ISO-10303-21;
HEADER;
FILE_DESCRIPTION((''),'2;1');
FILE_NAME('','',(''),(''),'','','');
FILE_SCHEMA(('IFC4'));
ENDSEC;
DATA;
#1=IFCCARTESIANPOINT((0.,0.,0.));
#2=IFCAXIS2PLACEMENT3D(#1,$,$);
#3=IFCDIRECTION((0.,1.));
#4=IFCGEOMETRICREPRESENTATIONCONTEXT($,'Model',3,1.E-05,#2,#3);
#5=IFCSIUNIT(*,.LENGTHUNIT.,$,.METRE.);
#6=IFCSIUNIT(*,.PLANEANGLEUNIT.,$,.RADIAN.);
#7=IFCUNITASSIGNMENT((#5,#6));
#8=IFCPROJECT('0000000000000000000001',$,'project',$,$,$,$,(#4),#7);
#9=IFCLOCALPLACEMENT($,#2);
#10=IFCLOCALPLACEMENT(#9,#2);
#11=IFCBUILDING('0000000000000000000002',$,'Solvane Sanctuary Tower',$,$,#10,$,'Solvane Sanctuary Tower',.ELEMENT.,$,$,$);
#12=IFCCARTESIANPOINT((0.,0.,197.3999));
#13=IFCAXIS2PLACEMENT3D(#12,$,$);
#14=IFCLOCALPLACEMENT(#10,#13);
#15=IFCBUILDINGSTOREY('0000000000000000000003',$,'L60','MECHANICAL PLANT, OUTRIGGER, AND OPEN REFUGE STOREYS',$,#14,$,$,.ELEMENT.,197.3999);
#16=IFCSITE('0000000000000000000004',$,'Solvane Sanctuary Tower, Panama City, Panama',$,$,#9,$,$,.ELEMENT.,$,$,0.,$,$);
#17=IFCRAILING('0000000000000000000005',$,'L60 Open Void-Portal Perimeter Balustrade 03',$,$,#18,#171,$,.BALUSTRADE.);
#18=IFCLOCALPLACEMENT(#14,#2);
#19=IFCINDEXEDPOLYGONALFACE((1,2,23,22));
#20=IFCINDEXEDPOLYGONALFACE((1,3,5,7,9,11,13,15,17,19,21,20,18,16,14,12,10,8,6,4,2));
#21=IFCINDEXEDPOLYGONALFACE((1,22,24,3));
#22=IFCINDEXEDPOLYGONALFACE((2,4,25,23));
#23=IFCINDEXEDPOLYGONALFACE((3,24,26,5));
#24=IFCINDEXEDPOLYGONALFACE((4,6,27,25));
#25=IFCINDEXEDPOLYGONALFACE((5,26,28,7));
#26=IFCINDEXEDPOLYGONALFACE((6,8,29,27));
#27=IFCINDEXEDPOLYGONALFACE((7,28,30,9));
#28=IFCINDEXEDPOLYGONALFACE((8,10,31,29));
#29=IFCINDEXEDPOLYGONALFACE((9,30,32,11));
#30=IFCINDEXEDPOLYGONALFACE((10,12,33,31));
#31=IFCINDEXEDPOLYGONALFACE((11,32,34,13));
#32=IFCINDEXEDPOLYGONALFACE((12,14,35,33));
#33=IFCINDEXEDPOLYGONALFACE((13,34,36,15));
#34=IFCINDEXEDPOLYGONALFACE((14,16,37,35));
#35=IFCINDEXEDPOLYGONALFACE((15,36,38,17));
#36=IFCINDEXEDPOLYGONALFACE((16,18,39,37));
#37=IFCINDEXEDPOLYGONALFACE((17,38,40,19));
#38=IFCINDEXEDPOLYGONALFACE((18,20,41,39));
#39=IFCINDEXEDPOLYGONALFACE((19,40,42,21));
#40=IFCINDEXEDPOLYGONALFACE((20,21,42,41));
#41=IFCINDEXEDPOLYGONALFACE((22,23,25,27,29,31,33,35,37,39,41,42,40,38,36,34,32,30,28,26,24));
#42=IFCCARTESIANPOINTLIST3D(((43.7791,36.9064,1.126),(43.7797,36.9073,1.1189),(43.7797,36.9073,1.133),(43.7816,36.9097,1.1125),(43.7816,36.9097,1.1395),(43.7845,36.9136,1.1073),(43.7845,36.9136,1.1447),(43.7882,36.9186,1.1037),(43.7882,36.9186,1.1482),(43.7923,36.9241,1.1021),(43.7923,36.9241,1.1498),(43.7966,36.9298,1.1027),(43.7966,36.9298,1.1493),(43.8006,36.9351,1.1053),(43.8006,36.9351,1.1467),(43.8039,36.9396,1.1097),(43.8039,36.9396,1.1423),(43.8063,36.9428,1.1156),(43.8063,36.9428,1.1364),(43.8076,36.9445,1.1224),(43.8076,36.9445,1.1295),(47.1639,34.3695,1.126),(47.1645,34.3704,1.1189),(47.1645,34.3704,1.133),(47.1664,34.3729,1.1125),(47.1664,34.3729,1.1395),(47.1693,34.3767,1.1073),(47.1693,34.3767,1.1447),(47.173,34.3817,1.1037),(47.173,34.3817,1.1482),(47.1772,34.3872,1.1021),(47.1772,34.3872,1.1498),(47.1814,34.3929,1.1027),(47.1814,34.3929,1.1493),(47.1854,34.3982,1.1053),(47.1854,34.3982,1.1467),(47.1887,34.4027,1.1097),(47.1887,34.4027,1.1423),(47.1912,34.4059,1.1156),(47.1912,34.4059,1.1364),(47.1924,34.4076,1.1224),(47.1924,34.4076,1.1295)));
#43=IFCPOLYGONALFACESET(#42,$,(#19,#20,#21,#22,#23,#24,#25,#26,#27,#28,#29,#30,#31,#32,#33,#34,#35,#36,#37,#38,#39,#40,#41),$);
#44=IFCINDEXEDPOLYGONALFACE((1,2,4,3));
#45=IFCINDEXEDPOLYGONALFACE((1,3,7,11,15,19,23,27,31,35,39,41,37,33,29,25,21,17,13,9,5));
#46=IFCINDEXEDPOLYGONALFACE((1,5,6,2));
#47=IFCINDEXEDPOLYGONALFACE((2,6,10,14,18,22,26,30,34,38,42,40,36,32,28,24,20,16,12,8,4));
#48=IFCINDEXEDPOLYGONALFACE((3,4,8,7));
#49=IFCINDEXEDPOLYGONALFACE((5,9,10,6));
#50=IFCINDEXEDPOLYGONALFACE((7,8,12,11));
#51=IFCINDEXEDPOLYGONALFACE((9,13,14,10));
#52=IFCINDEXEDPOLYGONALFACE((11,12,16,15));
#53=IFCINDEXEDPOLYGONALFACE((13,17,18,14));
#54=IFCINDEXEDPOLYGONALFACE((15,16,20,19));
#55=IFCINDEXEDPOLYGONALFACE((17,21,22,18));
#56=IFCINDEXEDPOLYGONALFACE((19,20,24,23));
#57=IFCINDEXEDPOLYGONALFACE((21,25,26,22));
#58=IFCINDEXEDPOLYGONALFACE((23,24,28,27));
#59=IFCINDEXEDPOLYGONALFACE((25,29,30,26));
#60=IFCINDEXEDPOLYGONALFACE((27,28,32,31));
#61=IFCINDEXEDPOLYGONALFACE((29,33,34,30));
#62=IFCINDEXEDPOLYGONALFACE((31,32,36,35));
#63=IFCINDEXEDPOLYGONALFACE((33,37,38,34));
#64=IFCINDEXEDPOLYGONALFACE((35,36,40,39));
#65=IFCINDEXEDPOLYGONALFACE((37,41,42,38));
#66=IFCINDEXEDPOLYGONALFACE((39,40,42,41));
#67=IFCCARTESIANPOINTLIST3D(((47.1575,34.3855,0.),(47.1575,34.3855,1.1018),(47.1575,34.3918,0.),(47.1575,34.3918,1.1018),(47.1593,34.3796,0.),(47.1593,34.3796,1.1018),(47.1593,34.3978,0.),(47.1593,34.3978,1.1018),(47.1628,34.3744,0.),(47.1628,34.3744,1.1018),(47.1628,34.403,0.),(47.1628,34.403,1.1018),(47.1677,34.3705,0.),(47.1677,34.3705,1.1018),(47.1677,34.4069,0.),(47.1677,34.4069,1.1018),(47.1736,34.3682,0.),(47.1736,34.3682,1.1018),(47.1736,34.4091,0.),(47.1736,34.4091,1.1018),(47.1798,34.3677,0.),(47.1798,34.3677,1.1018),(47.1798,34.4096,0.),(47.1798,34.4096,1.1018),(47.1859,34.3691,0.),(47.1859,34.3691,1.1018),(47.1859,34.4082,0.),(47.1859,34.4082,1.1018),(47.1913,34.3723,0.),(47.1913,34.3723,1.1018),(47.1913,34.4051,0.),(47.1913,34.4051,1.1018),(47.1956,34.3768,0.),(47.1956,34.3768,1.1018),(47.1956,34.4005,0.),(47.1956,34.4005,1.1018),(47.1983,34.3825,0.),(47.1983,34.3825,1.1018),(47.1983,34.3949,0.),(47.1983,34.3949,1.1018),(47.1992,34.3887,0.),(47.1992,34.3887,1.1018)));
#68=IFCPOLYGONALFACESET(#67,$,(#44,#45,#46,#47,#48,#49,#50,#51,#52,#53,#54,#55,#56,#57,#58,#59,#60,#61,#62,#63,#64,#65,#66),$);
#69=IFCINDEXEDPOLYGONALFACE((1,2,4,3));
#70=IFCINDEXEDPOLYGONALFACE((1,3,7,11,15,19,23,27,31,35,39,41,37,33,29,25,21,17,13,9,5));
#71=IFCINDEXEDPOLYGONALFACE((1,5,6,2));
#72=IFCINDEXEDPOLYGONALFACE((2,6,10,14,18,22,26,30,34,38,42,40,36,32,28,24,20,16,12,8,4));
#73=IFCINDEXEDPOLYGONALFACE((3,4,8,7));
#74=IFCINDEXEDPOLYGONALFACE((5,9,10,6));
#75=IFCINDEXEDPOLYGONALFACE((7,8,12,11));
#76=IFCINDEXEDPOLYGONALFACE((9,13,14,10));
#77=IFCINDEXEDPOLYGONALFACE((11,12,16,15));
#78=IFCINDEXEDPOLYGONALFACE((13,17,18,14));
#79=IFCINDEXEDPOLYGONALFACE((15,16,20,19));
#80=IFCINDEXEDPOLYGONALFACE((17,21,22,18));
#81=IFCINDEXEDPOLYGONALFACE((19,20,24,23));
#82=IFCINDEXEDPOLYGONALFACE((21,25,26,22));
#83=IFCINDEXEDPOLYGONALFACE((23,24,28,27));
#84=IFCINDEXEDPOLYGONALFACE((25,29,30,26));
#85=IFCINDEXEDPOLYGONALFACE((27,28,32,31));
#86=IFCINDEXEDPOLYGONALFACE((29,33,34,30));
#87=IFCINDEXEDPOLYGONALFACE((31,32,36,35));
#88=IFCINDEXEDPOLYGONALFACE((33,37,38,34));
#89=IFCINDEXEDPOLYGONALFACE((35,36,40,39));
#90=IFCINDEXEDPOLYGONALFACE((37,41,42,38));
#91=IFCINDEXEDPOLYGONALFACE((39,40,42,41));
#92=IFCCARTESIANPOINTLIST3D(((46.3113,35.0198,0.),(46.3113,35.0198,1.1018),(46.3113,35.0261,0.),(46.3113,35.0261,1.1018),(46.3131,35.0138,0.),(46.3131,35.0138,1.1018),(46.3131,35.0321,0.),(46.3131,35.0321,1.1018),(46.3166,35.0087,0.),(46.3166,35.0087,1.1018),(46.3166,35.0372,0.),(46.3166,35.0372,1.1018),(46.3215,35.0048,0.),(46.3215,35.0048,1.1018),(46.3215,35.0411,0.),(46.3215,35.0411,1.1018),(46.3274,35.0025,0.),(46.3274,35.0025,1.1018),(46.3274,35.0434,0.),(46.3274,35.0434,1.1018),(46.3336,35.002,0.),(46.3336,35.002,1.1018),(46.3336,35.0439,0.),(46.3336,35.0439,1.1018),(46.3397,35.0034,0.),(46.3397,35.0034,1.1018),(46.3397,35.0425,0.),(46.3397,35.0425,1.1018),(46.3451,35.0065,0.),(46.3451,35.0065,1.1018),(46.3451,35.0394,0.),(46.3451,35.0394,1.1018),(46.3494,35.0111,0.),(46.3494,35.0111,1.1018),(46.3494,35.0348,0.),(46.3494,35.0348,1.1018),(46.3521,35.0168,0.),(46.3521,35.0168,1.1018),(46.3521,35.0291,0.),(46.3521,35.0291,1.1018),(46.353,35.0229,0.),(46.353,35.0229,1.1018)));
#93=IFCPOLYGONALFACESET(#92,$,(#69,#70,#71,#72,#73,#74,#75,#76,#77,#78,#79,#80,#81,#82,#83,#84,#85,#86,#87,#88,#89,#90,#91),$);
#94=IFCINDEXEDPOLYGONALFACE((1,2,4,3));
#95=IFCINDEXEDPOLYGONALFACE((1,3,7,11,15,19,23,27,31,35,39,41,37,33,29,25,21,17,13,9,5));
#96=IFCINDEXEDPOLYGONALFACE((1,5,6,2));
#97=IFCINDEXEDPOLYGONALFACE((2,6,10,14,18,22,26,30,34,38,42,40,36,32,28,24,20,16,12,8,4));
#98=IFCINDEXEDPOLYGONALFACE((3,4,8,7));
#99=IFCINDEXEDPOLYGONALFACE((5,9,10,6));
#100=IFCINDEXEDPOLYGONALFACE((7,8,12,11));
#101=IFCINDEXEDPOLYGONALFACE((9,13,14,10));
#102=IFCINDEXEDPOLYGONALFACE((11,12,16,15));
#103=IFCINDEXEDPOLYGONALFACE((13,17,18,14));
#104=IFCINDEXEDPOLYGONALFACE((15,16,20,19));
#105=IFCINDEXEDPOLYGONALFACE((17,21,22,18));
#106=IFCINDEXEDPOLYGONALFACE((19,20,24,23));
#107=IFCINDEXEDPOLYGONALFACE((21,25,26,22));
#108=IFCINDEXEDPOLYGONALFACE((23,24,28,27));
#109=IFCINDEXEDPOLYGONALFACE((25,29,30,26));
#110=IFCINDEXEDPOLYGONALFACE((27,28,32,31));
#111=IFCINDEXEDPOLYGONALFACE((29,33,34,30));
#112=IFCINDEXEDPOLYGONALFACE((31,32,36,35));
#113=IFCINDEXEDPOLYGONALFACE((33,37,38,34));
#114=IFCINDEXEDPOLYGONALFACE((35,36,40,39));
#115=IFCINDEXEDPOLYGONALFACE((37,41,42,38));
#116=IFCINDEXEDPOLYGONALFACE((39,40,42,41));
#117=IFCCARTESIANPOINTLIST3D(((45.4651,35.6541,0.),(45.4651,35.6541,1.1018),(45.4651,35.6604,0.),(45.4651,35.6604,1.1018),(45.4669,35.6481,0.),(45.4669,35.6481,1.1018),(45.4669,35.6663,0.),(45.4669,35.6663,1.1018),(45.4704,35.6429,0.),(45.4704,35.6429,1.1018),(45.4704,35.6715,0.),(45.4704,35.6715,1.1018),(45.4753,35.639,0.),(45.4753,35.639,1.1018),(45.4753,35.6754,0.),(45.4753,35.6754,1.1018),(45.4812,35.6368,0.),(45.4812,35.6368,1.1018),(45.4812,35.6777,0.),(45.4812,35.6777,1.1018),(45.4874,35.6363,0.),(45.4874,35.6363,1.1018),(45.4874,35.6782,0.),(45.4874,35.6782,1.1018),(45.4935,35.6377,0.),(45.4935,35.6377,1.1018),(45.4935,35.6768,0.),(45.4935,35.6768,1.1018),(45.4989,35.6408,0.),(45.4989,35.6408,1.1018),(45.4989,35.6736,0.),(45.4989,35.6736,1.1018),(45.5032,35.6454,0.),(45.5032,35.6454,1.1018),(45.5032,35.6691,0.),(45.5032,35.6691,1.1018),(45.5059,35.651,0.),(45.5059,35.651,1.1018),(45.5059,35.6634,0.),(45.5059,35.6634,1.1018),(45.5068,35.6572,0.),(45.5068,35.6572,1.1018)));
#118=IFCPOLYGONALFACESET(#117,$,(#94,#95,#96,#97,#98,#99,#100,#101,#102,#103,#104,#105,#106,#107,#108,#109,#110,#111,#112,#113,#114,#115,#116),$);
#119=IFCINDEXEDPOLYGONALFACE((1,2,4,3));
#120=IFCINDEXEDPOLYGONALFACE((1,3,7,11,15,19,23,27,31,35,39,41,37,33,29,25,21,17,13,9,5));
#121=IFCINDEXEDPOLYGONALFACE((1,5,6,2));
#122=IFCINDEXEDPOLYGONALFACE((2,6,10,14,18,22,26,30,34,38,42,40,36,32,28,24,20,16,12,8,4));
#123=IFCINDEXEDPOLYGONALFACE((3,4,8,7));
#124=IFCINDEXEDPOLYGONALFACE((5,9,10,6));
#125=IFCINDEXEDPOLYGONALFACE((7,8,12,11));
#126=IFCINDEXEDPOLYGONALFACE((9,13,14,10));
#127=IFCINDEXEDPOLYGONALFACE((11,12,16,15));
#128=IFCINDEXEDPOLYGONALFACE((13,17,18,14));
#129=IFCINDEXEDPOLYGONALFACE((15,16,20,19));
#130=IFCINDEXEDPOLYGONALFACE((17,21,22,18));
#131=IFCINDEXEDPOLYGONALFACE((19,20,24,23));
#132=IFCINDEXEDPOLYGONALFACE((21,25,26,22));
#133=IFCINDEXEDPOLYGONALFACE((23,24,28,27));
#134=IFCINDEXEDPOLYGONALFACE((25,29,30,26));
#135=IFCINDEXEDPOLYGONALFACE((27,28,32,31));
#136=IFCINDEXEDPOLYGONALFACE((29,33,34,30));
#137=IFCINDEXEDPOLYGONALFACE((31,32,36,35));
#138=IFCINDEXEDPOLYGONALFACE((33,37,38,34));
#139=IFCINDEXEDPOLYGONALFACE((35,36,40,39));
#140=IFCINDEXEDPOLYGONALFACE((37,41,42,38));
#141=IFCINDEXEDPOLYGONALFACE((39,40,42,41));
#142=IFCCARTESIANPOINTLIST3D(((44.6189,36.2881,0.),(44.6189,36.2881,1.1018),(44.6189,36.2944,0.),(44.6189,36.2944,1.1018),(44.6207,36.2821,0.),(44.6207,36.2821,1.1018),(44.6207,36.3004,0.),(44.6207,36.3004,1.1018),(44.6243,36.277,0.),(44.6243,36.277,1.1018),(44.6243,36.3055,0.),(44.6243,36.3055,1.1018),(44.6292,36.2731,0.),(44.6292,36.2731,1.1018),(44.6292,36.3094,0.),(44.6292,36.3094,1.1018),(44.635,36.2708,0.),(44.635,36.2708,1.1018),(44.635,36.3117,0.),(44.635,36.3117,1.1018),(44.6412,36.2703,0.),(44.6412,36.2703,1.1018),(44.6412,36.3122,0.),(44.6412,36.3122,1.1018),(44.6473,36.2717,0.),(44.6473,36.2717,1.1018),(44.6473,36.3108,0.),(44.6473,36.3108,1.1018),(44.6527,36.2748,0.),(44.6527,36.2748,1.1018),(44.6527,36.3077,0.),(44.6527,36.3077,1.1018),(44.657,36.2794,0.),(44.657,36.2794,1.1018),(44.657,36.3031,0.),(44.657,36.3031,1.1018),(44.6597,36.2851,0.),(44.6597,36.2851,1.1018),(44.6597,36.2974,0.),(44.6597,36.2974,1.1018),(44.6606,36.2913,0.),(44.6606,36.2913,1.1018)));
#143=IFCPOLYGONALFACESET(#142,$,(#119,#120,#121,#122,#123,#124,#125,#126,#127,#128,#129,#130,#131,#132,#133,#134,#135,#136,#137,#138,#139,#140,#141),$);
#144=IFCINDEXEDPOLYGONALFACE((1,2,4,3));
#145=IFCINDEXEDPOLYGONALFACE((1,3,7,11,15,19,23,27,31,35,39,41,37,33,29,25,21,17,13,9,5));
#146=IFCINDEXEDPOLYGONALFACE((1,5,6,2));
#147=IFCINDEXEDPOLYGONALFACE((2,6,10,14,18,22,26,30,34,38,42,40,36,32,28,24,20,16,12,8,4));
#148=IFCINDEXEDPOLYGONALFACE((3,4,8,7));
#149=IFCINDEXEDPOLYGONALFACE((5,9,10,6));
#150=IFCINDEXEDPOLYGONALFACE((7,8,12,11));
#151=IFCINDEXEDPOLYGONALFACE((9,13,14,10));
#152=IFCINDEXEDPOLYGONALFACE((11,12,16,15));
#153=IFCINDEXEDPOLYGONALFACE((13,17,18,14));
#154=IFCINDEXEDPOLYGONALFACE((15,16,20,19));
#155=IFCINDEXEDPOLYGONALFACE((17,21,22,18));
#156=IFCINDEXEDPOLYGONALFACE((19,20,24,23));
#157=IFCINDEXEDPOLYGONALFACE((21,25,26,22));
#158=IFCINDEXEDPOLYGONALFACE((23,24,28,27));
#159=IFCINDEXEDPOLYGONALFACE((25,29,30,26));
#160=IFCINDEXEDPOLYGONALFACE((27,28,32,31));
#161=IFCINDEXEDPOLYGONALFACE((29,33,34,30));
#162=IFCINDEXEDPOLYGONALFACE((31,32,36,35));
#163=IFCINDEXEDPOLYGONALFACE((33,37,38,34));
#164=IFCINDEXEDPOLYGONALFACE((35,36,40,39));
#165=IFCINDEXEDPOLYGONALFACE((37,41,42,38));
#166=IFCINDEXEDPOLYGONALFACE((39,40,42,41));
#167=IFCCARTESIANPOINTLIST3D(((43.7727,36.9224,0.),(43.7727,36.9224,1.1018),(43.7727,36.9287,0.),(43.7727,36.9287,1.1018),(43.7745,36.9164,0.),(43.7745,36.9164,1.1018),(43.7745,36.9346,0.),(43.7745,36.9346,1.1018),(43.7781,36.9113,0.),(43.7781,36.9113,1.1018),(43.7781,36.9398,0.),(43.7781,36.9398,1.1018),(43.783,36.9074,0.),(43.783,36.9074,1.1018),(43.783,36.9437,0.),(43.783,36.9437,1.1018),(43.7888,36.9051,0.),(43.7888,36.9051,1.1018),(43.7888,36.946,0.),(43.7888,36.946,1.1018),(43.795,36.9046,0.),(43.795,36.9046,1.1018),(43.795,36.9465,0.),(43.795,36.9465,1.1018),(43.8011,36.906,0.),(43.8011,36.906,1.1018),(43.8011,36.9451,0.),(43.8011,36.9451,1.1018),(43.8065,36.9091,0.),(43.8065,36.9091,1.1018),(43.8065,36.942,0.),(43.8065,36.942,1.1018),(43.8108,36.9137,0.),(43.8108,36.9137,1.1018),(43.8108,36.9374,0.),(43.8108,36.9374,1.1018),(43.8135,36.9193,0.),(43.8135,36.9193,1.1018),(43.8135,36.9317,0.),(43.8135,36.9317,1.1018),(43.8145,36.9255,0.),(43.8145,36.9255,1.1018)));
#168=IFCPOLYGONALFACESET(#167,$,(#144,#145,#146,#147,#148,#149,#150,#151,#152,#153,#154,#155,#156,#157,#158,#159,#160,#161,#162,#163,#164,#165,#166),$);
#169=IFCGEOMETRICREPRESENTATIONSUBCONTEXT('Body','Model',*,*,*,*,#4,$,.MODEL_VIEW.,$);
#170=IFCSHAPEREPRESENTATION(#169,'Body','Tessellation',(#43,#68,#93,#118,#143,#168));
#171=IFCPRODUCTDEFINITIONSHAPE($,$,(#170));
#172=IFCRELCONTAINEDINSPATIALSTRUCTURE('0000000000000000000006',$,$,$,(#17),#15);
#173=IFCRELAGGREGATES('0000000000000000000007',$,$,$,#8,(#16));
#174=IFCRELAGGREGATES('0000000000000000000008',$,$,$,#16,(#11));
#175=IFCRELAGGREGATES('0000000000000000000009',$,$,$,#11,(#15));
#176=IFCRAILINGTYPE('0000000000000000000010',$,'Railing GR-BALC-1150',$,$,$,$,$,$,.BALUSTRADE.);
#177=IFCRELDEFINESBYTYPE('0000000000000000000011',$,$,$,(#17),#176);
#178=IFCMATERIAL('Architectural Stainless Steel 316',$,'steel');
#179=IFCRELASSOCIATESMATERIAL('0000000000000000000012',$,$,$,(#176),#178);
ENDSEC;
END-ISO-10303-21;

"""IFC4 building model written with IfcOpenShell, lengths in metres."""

from ifc_helpers import new_model, si_unit, direction, frame, origin, origin_2d, place, context, subcontext, project, spatial, circle, extrude, material, type_object, element, save


model = new_model("IFC4")

# Units and contexts
model_context = context("Model", 3, precision=1e-05, world=origin(), true_north=direction((0.0, 1.0)))
body_context = subcontext(model_context, "Body", "Model", "MODEL_VIEW")
ifc_project = project(units=[si_unit("LENGTHUNIT", "METRE"), si_unit("PLANEANGLEUNIT", "RADIAN")], contexts=[model_context])

# Site, building, storey
site_placement = place(None, origin())
site = spatial("IfcSite", under=ifc_project, at=site_placement, Name="Solvane Sanctuary Tower, Panama City, Panama", CompositionType="ELEMENT", RefElevation=0.0)
building_placement = place(site_placement, origin())
building = spatial("IfcBuilding", under=site, at=building_placement, Name="Solvane Sanctuary Tower", LongName="Solvane Sanctuary Tower", CompositionType="ELEMENT")
storey_placement = place(building_placement, frame((0.0, 0.0, 197.3999)))
storey = spatial("IfcBuildingStorey", under=building, at=storey_placement, Name="L60", Description="MECHANICAL PLANT, OUTRIGGER, AND OPEN REFUGE STOREYS", CompositionType="ELEMENT", Elevation=197.3999)

# Shared definitions
ifc_material_1 = material(Name="Architectural Stainless Steel 316", Category="steel")

# Railing
railing_type_1 = type_object("IfcRailingType", Name="Railing GR-BALC-1150", PredefinedType="BALUSTRADE", material=ifc_material_1)
railing_1_placement = place(storey_placement, frame((47.1782, 34.3887, 0.0)))
element("IfcRailing", 1, at=railing_1_placement, inside=storey, type_object=railing_type_1, Name="L60 Open Void-Portal Perimeter Balustrade 03", PredefinedType="BALUSTRADE", context=body_context, shape_type="SweptSolid", body=[
    extrude(circle(Radius=0.0239, at=origin_2d()), frame((0.0, 0.0, 1.126), z_axis=(-0.800194, 0.599741, 0.0), x_axis=(-0.599741, -0.800194, 0.0)), (0.0, 0.0, 1.0), 4.23),
    extrude(circle(Radius=0.021, at=origin_2d()), origin(), (0.0, 0.0, 1.0), 1.1018),
    extrude(circle(Radius=0.021, at=origin_2d()), frame((-0.8462, 0.6343, 0.0)), (0.0, 0.0, 1.0), 1.1018),
    extrude(circle(Radius=0.021, at=origin_2d()), frame((-1.6924, 1.2686, 0.0)), (0.0, 0.0, 1.0), 1.1018),
    extrude(circle(Radius=0.021, at=origin_2d()), frame((-2.5386, 1.9026, 0.0)), (0.0, 0.0, 1.0), 1.1018),
    extrude(circle(Radius=0.021, at=origin_2d()), frame((-3.3848, 2.5369, 0.0)), (0.0, 0.0, 1.0), 1.1018),
])

save(model, "model.ifc")
